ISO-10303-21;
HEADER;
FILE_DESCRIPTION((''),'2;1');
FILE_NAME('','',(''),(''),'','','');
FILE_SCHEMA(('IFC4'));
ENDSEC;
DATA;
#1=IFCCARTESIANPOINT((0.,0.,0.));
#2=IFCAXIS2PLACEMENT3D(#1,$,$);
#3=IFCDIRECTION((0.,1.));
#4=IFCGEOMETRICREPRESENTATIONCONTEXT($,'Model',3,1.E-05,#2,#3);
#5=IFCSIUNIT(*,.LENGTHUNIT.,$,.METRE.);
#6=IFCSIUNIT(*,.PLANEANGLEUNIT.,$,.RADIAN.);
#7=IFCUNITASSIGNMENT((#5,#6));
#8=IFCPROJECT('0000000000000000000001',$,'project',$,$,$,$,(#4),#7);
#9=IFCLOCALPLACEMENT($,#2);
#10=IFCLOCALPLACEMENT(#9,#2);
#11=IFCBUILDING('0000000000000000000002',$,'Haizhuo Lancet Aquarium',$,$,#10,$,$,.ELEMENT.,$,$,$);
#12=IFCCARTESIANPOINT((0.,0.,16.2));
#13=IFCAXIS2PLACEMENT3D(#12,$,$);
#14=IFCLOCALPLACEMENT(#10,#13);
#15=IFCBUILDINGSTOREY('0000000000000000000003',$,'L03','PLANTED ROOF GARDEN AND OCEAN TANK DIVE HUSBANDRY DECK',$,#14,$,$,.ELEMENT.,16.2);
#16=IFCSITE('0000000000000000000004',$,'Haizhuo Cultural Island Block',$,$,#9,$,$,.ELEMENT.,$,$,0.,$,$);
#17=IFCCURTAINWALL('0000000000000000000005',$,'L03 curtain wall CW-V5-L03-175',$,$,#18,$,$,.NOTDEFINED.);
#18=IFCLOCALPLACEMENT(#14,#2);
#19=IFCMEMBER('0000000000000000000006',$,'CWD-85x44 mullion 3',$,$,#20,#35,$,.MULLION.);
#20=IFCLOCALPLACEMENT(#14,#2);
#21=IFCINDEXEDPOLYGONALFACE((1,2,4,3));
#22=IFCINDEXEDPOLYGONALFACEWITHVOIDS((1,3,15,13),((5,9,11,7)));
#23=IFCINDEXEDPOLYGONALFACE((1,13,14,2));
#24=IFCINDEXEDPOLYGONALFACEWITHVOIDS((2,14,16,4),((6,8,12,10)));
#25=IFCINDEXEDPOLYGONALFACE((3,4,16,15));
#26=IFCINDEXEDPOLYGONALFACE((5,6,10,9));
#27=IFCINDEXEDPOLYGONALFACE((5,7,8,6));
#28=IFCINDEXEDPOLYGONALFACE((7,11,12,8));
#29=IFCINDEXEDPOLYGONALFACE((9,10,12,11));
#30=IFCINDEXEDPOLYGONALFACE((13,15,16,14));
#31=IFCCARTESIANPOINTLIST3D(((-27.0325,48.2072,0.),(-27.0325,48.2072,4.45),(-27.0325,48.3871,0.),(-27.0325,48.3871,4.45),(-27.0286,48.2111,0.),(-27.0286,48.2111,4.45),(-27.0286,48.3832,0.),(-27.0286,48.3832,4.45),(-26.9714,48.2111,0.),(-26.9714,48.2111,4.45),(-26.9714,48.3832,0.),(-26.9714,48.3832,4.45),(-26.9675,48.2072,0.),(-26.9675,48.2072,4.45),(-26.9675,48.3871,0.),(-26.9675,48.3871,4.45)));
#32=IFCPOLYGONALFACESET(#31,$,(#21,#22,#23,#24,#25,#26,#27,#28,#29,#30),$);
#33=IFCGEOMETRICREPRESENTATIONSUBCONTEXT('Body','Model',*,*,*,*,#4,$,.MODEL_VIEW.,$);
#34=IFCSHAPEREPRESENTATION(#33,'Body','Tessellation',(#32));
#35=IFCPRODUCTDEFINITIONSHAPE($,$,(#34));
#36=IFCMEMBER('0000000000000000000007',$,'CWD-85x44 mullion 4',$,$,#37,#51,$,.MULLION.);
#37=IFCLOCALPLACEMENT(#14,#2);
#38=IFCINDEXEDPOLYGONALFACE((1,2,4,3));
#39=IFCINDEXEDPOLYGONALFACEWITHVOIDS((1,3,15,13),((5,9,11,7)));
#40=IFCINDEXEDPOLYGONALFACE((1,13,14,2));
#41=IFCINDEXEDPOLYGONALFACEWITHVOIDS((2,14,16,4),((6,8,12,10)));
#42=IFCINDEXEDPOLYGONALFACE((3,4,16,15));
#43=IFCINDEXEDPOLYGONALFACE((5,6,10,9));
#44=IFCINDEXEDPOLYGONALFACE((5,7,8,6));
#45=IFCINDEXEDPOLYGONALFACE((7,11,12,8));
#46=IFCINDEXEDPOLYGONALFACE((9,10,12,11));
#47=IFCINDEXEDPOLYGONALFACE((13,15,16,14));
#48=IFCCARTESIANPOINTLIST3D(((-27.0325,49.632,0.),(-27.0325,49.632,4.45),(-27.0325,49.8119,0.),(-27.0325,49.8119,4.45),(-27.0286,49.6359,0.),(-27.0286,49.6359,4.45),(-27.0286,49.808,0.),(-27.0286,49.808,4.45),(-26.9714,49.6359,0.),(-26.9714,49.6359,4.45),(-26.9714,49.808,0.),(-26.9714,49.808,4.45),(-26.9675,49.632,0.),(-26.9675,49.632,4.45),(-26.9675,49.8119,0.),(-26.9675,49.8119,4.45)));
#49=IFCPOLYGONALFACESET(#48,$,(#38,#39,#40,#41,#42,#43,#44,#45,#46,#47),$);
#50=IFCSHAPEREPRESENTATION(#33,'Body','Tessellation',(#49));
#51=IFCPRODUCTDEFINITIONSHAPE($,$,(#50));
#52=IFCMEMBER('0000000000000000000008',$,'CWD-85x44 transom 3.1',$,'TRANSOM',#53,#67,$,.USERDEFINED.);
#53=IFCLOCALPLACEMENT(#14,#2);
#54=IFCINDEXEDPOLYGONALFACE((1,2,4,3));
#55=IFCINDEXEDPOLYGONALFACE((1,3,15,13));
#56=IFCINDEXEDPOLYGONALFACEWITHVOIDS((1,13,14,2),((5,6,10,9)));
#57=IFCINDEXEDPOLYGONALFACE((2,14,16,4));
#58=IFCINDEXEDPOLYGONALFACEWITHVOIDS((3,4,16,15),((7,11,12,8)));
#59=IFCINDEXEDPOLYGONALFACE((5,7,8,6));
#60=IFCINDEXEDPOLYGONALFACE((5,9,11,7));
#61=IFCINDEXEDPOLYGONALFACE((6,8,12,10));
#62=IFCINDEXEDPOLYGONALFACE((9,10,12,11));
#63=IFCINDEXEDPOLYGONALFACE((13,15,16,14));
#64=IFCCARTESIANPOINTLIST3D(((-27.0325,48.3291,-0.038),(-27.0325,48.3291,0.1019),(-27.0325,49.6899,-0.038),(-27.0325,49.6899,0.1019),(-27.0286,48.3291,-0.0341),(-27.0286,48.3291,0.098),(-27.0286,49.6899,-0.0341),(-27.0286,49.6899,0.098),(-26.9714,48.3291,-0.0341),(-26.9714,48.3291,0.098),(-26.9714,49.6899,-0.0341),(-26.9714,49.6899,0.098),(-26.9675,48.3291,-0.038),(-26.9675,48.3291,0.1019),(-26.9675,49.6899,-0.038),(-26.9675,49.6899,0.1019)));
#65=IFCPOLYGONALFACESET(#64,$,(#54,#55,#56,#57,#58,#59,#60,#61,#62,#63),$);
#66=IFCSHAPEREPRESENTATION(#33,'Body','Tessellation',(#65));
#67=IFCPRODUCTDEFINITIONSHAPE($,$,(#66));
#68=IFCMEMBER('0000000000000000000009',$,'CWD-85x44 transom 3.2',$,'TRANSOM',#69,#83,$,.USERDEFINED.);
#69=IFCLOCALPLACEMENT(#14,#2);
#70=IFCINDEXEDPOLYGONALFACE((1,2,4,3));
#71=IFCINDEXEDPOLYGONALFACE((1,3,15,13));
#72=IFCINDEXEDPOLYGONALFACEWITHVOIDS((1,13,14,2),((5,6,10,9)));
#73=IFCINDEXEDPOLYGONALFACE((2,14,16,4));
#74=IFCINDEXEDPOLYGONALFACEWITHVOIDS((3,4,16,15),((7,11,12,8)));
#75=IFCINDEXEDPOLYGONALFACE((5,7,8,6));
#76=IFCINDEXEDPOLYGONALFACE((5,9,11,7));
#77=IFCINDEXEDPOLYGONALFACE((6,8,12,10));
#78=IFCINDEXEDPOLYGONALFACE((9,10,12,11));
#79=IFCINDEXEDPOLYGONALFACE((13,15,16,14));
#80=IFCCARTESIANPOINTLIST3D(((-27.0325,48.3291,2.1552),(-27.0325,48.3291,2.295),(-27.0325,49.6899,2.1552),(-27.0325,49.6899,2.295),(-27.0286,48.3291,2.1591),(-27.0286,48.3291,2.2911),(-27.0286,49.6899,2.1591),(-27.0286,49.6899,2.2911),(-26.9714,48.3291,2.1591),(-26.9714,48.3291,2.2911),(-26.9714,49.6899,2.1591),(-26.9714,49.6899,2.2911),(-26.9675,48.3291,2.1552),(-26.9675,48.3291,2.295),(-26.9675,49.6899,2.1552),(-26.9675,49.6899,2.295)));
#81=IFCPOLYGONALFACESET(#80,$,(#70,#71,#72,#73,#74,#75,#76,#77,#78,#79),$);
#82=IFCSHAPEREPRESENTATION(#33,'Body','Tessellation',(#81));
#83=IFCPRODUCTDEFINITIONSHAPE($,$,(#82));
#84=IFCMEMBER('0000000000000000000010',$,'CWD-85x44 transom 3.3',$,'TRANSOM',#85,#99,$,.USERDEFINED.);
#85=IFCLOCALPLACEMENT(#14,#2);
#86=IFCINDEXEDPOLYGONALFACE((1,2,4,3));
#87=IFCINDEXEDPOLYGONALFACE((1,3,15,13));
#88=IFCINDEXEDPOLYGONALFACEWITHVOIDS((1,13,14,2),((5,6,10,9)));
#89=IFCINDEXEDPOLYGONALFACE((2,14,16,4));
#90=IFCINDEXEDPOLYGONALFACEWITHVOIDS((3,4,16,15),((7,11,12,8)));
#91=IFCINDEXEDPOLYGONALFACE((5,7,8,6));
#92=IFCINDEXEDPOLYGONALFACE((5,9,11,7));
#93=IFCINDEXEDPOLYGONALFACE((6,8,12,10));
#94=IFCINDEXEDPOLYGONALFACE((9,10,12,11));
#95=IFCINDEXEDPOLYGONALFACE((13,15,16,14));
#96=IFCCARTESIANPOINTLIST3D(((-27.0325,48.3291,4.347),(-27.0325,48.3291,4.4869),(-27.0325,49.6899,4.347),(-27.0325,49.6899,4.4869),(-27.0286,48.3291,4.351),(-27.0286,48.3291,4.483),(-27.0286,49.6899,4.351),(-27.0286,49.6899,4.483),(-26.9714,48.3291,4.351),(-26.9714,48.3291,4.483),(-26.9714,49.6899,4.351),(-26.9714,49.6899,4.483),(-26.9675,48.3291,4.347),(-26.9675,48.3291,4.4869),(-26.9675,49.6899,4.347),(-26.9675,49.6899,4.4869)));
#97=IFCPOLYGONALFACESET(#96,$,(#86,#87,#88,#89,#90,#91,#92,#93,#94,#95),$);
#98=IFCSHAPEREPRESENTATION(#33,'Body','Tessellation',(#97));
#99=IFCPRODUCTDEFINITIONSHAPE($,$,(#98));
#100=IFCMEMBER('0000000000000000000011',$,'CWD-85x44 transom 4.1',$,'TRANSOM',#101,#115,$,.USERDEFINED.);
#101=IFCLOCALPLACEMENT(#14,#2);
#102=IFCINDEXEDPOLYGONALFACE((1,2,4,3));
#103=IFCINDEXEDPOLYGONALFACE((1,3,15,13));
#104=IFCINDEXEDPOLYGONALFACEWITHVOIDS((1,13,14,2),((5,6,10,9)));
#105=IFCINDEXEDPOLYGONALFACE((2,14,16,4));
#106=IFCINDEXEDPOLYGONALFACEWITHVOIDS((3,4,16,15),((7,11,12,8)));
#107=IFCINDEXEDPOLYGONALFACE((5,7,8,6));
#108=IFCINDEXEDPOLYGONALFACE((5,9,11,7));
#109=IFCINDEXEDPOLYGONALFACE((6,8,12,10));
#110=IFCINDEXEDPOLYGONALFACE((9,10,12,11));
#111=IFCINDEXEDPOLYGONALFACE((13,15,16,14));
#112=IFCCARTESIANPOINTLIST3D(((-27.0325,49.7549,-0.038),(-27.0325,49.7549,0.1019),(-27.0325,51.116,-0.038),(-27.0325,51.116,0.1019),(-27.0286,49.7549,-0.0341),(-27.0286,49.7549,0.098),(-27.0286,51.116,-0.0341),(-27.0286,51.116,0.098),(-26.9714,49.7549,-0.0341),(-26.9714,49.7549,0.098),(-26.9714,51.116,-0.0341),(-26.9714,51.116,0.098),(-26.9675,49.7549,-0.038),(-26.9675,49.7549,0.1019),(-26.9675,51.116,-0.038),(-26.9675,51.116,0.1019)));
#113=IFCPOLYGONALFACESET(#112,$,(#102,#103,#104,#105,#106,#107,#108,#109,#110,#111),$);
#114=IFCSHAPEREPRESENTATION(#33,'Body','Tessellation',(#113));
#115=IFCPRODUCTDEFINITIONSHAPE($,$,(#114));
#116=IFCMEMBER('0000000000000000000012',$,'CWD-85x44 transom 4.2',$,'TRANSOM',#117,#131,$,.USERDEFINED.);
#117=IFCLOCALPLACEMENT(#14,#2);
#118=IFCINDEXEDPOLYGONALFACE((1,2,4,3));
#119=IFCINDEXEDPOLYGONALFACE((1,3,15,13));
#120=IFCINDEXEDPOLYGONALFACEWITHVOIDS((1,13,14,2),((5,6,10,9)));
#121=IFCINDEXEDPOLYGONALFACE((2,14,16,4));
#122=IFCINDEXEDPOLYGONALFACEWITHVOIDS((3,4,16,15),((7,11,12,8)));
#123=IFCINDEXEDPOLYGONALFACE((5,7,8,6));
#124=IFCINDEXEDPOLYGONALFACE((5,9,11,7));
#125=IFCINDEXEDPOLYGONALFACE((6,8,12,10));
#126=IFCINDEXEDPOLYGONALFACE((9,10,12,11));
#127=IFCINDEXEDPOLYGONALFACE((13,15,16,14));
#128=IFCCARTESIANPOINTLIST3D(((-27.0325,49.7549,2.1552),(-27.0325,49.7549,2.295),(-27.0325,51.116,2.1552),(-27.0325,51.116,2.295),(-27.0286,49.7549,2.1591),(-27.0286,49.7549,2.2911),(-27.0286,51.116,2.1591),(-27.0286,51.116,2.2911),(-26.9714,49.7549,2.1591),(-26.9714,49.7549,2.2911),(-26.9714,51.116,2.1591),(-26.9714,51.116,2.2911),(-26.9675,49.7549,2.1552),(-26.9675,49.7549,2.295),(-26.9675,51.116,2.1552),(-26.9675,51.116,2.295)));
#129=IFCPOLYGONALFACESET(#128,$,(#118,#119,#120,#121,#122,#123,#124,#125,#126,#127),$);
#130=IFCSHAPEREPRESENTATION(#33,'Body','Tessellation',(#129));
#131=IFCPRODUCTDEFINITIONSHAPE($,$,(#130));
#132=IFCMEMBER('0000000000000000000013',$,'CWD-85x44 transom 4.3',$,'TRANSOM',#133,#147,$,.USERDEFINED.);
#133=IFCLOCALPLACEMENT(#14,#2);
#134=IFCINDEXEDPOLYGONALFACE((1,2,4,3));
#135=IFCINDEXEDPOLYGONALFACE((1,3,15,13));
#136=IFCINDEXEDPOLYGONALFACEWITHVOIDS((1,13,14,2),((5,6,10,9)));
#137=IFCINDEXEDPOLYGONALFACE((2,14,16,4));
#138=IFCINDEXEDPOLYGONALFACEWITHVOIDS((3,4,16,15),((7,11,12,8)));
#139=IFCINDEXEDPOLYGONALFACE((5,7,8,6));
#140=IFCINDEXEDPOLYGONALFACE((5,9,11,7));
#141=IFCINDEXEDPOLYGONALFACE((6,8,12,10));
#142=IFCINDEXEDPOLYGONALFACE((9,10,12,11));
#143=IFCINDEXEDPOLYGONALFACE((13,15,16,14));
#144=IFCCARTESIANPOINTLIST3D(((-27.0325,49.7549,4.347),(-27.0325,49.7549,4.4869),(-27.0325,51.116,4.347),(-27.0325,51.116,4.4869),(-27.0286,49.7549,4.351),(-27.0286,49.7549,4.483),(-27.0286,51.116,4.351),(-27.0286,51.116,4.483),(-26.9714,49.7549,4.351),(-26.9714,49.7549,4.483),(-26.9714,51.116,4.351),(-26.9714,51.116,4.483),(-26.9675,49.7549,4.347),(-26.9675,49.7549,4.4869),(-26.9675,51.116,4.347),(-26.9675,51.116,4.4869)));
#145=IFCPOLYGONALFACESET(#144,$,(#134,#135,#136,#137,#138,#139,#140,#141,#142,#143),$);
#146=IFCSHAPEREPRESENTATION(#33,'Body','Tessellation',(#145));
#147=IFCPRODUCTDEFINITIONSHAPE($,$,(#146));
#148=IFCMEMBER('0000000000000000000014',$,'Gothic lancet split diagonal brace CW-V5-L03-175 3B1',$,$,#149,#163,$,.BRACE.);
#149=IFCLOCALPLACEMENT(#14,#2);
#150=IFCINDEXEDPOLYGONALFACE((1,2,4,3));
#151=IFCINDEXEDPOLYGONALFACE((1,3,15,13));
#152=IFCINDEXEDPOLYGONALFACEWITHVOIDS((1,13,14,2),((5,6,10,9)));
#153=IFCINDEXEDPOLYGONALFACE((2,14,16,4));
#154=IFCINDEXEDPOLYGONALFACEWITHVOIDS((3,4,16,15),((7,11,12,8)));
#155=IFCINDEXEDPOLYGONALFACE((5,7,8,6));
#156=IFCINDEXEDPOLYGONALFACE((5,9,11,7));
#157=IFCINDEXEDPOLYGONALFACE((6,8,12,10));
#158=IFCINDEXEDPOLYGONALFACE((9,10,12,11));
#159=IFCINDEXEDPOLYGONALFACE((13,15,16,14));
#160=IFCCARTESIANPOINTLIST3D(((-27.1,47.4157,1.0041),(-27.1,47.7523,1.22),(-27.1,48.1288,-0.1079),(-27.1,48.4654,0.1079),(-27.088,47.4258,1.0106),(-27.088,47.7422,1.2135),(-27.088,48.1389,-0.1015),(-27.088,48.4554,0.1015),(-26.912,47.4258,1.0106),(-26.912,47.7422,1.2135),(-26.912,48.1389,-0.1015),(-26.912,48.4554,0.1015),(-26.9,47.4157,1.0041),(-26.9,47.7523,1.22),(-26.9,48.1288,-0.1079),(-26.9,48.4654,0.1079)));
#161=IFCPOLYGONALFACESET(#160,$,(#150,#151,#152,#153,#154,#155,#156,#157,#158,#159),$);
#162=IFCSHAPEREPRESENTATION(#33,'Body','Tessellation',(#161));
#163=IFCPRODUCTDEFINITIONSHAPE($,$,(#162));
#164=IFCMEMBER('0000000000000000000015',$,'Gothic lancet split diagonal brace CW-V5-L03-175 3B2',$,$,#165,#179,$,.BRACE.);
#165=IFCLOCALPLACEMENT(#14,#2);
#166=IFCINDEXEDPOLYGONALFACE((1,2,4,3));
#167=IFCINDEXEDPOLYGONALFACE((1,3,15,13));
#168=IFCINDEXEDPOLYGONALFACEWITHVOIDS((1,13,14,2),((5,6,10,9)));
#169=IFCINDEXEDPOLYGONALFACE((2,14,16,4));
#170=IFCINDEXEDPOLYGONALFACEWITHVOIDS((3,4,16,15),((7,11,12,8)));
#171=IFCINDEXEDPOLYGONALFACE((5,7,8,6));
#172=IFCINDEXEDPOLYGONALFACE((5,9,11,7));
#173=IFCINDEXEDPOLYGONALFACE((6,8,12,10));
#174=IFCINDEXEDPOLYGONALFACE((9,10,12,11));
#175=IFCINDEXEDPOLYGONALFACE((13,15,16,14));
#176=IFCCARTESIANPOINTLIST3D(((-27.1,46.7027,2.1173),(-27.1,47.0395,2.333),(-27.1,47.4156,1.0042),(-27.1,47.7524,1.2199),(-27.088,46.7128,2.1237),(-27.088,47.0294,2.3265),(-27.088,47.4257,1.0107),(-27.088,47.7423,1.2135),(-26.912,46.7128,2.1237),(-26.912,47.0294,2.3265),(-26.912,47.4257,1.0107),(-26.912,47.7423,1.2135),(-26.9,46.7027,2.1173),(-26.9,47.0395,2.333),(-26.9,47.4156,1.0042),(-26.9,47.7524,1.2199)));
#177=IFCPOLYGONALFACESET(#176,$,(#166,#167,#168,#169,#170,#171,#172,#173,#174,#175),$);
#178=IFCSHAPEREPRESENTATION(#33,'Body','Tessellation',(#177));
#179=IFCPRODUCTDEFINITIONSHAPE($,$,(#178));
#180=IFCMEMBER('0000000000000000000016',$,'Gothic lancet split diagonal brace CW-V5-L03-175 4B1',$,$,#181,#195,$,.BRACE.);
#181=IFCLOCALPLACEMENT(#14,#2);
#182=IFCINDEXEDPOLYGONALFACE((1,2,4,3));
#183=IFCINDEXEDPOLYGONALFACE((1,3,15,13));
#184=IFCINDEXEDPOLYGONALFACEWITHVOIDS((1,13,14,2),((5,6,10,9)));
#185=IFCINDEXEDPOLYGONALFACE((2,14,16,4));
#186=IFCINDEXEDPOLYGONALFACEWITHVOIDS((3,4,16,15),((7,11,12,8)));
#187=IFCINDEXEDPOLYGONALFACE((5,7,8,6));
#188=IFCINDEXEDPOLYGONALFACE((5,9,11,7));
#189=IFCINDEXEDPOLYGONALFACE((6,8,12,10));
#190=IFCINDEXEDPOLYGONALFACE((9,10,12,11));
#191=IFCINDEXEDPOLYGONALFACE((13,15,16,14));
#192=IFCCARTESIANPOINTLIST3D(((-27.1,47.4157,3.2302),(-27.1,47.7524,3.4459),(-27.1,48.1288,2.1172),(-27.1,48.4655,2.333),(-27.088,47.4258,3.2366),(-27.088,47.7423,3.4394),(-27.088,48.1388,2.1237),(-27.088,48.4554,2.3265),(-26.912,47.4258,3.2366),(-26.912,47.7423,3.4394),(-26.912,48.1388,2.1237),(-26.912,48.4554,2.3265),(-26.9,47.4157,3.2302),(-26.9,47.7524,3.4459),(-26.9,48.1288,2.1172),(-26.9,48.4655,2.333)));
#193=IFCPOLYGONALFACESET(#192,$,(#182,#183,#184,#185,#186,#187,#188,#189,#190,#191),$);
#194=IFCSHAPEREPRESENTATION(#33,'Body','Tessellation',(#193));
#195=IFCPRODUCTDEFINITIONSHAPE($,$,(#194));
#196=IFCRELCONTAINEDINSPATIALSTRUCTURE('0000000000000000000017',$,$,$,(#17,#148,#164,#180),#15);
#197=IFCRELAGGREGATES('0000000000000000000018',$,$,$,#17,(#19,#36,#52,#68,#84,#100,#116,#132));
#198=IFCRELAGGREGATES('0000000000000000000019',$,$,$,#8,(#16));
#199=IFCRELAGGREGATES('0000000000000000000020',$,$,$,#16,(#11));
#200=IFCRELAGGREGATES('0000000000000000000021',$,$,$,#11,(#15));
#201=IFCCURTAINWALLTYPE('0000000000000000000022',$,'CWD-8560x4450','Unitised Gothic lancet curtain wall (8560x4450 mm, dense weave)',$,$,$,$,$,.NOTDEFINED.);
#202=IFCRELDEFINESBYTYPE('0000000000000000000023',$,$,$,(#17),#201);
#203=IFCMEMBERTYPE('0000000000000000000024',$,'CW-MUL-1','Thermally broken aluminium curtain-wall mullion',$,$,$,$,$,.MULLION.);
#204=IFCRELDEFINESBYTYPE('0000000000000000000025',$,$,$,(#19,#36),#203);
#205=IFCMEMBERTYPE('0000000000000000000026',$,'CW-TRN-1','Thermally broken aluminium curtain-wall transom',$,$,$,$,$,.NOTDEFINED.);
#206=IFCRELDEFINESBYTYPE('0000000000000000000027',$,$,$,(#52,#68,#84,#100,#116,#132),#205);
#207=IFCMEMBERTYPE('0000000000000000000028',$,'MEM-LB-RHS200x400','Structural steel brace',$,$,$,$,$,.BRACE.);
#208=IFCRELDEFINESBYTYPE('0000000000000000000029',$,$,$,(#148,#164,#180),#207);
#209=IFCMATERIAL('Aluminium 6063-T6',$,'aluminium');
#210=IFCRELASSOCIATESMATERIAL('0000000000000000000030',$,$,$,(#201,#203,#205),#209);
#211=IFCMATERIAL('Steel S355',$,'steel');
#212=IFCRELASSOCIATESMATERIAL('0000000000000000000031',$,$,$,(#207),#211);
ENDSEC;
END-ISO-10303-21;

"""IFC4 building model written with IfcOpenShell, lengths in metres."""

from ifc_helpers import new_model, si_unit, direction, frame, origin, origin_2d, place, context, subcontext, project, spatial, hollow_rectangle, extrude, material, material_profile, profile_set, type_object, element, aggregate, save


model = new_model("IFC4")

# Units and contexts
model_context = context("Model", 3, precision=1e-05, world=origin(), true_north=direction((0.0, 1.0)))
body_context = subcontext(model_context, "Body", "Model", "MODEL_VIEW")
ifc_project = project(units=[si_unit("LENGTHUNIT", "METRE"), si_unit("PLANEANGLEUNIT", "RADIAN")], contexts=[model_context])

# Site, building, storey
site_placement = place(None, origin())
site = spatial("IfcSite", under=ifc_project, at=site_placement, Name="Haizhuo Cultural Island Block", CompositionType="ELEMENT", RefElevation=0.0)
building_placement = place(site_placement, origin())
building = spatial("IfcBuilding", under=site, at=building_placement, Name="Haizhuo Lancet Aquarium", CompositionType="ELEMENT")
storey_placement = place(building_placement, frame((0.0, 0.0, 16.2)))
storey = spatial("IfcBuildingStorey", under=building, at=storey_placement, Name="L03", Description="PLANTED ROOF GARDEN AND OCEAN TANK DIVE HUSBANDRY DECK", CompositionType="ELEMENT", Elevation=16.2)

# Curtain wall, members
ifc_material_1 = material(Name="Aluminium 6063-T6", Category="aluminium")
curtain_wall_type = type_object("IfcCurtainWallType", Name="CWD-8560x4450", Description="Unitised Gothic lancet curtain wall (8560x4450 mm, dense weave)", PredefinedType="NOTDEFINED", material=ifc_material_1)
curtain_wall_placement = place(storey_placement, origin())
curtain_wall = element("IfcCurtainWall", 1, at=curtain_wall_placement, inside=storey, type_object=curtain_wall_type, Name="L03 curtain wall CW-V5-L03-175", PredefinedType="NOTDEFINED")
ifc_material_profile_1 = material_profile(ifc_material_1, hollow_rectangle(XDim=0.0649, YDim=0.1799, WallThickness=0.0039, at=origin_2d()), Name="ALU-M 65x180x4")
ifc_profile_set_1 = profile_set([ifc_material_profile_1], Name="Aluminium 6063-T6")
member_type_1 = type_object("IfcMemberType", Name="CW-MUL-1", Description="Thermally broken aluminium curtain-wall mullion", PredefinedType="MULLION", material=ifc_profile_set_1)
member_1_placement = place(storey_placement, frame((-27.0, 48.2971, 0.0), z_axis=(0.0, 0.0, 1.0), x_axis=(-1.0, 0.0, 0.0)))
member_1 = element("IfcMember", 2, at=member_1_placement, type_object=member_type_1, Name="CWD-85x44 mullion 3", PredefinedType="MULLION", context=body_context, shape_type="SweptSolid", body=[
    extrude(hollow_rectangle(XDim=0.0649, YDim=0.1799, WallThickness=0.0039, at=origin_2d()), origin(), (0.0, 0.0, 1.0), 4.45),
])
member_2_placement = place(storey_placement, frame((-27.0, 49.7219, 0.0), z_axis=(0.0, 0.0, 1.0), x_axis=(-1.0, 0.0, 0.0)))
member_2 = element("IfcMember", 3, at=member_2_placement, type_object=member_type_1, Name="CWD-85x44 mullion 4", PredefinedType="MULLION", context=body_context, shape_type="SweptSolid", body=[
    extrude(hollow_rectangle(XDim=0.0649, YDim=0.1799, WallThickness=0.0039, at=origin_2d()), origin(), (0.0, 0.0, 1.0), 4.45),
])
ifc_material_profile_2 = material_profile(ifc_material_1, hollow_rectangle(XDim=0.0649, YDim=0.1399, WallThickness=0.0039, at=origin_2d()), Name="ALU-T 65x140x4")
ifc_profile_set_2 = profile_set([ifc_material_profile_2], Name="Aluminium 6063-T6")
member_type_2 = type_object("IfcMemberType", Name="CW-TRN-1", Description="Thermally broken aluminium curtain-wall transom", PredefinedType="NOTDEFINED", material=ifc_profile_set_2)
member_3_placement = place(storey_placement, frame((-27.0, 48.3291, 0.032), z_axis=(0.0, 1.0, 0.0), x_axis=(-1.0, 0.0, 0.0)))
member_3 = element("IfcMember", 4, at=member_3_placement, type_object=member_type_2, Name="CWD-85x44 transom 3.1", ObjectType="TRANSOM", PredefinedType="USERDEFINED", context=body_context, shape_type="SweptSolid", body=[
    extrude(hollow_rectangle(XDim=0.0649, YDim=0.1399, WallThickness=0.0039, at=origin_2d()), origin(), (0.0, 0.0, 1.0), 1.3608),
])
member_4_placement = place(storey_placement, frame((-27.0, 48.3291, 2.2251), z_axis=(0.0, 1.0, 0.0), x_axis=(-1.0, 0.0, 0.0)))
member_4 = element("IfcMember", 5, at=member_4_placement, type_object=member_type_2, Name="CWD-85x44 transom 3.2", ObjectType="TRANSOM", PredefinedType="USERDEFINED", context=body_context, shape_type="SweptSolid", body=[
    extrude(hollow_rectangle(XDim=0.0649, YDim=0.1399, WallThickness=0.0039, at=origin_2d()), origin(), (0.0, 0.0, 1.0), 1.3608),
])
member_5_placement = place(storey_placement, frame((-27.0, 48.3291, 4.417), z_axis=(0.0, 1.0, 0.0), x_axis=(-1.0, 0.0, 0.0)))
member_5 = element("IfcMember", 6, at=member_5_placement, type_object=member_type_2, Name="CWD-85x44 transom 3.3", ObjectType="TRANSOM", PredefinedType="USERDEFINED", context=body_context, shape_type="SweptSolid", body=[
    extrude(hollow_rectangle(XDim=0.0649, YDim=0.1399, WallThickness=0.0039, at=origin_2d()), origin(), (0.0, 0.0, 1.0), 1.3608),
])
member_6_placement = place(storey_placement, frame((-27.0, 49.7549, 0.032), z_axis=(0.0, 1.0, 0.0), x_axis=(-1.0, 0.0, 0.0)))
member_6 = element("IfcMember", 7, at=member_6_placement, type_object=member_type_2, Name="CWD-85x44 transom 4.1", ObjectType="TRANSOM", PredefinedType="USERDEFINED", context=body_context, shape_type="SweptSolid", body=[
    extrude(hollow_rectangle(XDim=0.0649, YDim=0.1399, WallThickness=0.0039, at=origin_2d()), origin(), (0.0, 0.0, 1.0), 1.3611),
])
member_7_placement = place(storey_placement, frame((-27.0, 49.7549, 2.2251), z_axis=(0.0, 1.0, 0.0), x_axis=(-1.0, 0.0, 0.0)))
member_7 = element("IfcMember", 8, at=member_7_placement, type_object=member_type_2, Name="CWD-85x44 transom 4.2", ObjectType="TRANSOM", PredefinedType="USERDEFINED", context=body_context, shape_type="SweptSolid", body=[
    extrude(hollow_rectangle(XDim=0.0649, YDim=0.1399, WallThickness=0.0039, at=origin_2d()), origin(), (0.0, 0.0, 1.0), 1.3611),
])
member_8_placement = place(storey_placement, frame((-27.0, 49.7549, 4.417), z_axis=(0.0, 1.0, 0.0), x_axis=(-1.0, 0.0, 0.0)))
member_8 = element("IfcMember", 9, at=member_8_placement, type_object=member_type_2, Name="CWD-85x44 transom 4.3", ObjectType="TRANSOM", PredefinedType="USERDEFINED", context=body_context, shape_type="SweptSolid", body=[
    extrude(hollow_rectangle(XDim=0.0649, YDim=0.1399, WallThickness=0.0039, at=origin_2d()), origin(), (0.0, 0.0, 1.0), 1.3611),
])

# Members
ifc_material_2 = material(Name="Steel S355", Category="steel")
ifc_material_profile_3 = material_profile(ifc_material_2, hollow_rectangle(XDim=0.2, YDim=0.3999, WallThickness=0.012, at=origin_2d()), Name="RHS 200x400x12")
ifc_profile_set_3 = profile_set([ifc_material_profile_3], Name="Steel S355")
member_type_3 = type_object("IfcMemberType", Name="MEM-LB-RHS200x400", Description="Structural steel brace", PredefinedType="BRACE", material=ifc_profile_set_3)
member_9_placement = place(storey_placement, frame((-27.0, 48.2971, 0.0), z_axis=(0.0, -0.539814, 0.841784), x_axis=(1.0, 0.0, 0.0)))
element("IfcMember", 10, at=member_9_placement, inside=storey, type_object=member_type_3, Name="Gothic lancet split diagonal brace CW-V5-L03-175 3B1", PredefinedType="BRACE", context=body_context, shape_type="SweptSolid", body=[
    extrude(hollow_rectangle(XDim=0.2, YDim=0.3999, WallThickness=0.012, at=origin_2d()), origin(), (0.0, 0.0, 1.0), 1.321),
])
for number, where, z_axis, x_axis, name in (
    (11, (-27.0, 47.584, 1.1121), (0.0, -0.539347, 0.842083), (1.0, 0.0, 0.0), "Gothic lancet split diagonal brace CW-V5-L03-175 3B2"),
    (12, (-27.0, 48.2971, 2.2251), (0.0, -0.539478, 0.842), (1.0, 0.0, 0.0), "Gothic lancet split diagonal brace CW-V5-L03-175 4B1"),
):
    element("IfcMember", number, at=place(storey_placement, frame(where, z_axis=z_axis, x_axis=x_axis)), inside=storey, type_object=member_type_3, Name=name, PredefinedType="BRACE", context=body_context, shape_type="SweptSolid", body=[
        extrude(hollow_rectangle(XDim=0.2, YDim=0.3999, WallThickness=0.012, at=origin_2d()), origin(), (0.0, 0.0, 1.0), 1.3218),
    ])

aggregate(curtain_wall, [member_1, member_2, member_3, member_4, member_5, member_6, member_7, member_8])

save(model, "model.ifc")
